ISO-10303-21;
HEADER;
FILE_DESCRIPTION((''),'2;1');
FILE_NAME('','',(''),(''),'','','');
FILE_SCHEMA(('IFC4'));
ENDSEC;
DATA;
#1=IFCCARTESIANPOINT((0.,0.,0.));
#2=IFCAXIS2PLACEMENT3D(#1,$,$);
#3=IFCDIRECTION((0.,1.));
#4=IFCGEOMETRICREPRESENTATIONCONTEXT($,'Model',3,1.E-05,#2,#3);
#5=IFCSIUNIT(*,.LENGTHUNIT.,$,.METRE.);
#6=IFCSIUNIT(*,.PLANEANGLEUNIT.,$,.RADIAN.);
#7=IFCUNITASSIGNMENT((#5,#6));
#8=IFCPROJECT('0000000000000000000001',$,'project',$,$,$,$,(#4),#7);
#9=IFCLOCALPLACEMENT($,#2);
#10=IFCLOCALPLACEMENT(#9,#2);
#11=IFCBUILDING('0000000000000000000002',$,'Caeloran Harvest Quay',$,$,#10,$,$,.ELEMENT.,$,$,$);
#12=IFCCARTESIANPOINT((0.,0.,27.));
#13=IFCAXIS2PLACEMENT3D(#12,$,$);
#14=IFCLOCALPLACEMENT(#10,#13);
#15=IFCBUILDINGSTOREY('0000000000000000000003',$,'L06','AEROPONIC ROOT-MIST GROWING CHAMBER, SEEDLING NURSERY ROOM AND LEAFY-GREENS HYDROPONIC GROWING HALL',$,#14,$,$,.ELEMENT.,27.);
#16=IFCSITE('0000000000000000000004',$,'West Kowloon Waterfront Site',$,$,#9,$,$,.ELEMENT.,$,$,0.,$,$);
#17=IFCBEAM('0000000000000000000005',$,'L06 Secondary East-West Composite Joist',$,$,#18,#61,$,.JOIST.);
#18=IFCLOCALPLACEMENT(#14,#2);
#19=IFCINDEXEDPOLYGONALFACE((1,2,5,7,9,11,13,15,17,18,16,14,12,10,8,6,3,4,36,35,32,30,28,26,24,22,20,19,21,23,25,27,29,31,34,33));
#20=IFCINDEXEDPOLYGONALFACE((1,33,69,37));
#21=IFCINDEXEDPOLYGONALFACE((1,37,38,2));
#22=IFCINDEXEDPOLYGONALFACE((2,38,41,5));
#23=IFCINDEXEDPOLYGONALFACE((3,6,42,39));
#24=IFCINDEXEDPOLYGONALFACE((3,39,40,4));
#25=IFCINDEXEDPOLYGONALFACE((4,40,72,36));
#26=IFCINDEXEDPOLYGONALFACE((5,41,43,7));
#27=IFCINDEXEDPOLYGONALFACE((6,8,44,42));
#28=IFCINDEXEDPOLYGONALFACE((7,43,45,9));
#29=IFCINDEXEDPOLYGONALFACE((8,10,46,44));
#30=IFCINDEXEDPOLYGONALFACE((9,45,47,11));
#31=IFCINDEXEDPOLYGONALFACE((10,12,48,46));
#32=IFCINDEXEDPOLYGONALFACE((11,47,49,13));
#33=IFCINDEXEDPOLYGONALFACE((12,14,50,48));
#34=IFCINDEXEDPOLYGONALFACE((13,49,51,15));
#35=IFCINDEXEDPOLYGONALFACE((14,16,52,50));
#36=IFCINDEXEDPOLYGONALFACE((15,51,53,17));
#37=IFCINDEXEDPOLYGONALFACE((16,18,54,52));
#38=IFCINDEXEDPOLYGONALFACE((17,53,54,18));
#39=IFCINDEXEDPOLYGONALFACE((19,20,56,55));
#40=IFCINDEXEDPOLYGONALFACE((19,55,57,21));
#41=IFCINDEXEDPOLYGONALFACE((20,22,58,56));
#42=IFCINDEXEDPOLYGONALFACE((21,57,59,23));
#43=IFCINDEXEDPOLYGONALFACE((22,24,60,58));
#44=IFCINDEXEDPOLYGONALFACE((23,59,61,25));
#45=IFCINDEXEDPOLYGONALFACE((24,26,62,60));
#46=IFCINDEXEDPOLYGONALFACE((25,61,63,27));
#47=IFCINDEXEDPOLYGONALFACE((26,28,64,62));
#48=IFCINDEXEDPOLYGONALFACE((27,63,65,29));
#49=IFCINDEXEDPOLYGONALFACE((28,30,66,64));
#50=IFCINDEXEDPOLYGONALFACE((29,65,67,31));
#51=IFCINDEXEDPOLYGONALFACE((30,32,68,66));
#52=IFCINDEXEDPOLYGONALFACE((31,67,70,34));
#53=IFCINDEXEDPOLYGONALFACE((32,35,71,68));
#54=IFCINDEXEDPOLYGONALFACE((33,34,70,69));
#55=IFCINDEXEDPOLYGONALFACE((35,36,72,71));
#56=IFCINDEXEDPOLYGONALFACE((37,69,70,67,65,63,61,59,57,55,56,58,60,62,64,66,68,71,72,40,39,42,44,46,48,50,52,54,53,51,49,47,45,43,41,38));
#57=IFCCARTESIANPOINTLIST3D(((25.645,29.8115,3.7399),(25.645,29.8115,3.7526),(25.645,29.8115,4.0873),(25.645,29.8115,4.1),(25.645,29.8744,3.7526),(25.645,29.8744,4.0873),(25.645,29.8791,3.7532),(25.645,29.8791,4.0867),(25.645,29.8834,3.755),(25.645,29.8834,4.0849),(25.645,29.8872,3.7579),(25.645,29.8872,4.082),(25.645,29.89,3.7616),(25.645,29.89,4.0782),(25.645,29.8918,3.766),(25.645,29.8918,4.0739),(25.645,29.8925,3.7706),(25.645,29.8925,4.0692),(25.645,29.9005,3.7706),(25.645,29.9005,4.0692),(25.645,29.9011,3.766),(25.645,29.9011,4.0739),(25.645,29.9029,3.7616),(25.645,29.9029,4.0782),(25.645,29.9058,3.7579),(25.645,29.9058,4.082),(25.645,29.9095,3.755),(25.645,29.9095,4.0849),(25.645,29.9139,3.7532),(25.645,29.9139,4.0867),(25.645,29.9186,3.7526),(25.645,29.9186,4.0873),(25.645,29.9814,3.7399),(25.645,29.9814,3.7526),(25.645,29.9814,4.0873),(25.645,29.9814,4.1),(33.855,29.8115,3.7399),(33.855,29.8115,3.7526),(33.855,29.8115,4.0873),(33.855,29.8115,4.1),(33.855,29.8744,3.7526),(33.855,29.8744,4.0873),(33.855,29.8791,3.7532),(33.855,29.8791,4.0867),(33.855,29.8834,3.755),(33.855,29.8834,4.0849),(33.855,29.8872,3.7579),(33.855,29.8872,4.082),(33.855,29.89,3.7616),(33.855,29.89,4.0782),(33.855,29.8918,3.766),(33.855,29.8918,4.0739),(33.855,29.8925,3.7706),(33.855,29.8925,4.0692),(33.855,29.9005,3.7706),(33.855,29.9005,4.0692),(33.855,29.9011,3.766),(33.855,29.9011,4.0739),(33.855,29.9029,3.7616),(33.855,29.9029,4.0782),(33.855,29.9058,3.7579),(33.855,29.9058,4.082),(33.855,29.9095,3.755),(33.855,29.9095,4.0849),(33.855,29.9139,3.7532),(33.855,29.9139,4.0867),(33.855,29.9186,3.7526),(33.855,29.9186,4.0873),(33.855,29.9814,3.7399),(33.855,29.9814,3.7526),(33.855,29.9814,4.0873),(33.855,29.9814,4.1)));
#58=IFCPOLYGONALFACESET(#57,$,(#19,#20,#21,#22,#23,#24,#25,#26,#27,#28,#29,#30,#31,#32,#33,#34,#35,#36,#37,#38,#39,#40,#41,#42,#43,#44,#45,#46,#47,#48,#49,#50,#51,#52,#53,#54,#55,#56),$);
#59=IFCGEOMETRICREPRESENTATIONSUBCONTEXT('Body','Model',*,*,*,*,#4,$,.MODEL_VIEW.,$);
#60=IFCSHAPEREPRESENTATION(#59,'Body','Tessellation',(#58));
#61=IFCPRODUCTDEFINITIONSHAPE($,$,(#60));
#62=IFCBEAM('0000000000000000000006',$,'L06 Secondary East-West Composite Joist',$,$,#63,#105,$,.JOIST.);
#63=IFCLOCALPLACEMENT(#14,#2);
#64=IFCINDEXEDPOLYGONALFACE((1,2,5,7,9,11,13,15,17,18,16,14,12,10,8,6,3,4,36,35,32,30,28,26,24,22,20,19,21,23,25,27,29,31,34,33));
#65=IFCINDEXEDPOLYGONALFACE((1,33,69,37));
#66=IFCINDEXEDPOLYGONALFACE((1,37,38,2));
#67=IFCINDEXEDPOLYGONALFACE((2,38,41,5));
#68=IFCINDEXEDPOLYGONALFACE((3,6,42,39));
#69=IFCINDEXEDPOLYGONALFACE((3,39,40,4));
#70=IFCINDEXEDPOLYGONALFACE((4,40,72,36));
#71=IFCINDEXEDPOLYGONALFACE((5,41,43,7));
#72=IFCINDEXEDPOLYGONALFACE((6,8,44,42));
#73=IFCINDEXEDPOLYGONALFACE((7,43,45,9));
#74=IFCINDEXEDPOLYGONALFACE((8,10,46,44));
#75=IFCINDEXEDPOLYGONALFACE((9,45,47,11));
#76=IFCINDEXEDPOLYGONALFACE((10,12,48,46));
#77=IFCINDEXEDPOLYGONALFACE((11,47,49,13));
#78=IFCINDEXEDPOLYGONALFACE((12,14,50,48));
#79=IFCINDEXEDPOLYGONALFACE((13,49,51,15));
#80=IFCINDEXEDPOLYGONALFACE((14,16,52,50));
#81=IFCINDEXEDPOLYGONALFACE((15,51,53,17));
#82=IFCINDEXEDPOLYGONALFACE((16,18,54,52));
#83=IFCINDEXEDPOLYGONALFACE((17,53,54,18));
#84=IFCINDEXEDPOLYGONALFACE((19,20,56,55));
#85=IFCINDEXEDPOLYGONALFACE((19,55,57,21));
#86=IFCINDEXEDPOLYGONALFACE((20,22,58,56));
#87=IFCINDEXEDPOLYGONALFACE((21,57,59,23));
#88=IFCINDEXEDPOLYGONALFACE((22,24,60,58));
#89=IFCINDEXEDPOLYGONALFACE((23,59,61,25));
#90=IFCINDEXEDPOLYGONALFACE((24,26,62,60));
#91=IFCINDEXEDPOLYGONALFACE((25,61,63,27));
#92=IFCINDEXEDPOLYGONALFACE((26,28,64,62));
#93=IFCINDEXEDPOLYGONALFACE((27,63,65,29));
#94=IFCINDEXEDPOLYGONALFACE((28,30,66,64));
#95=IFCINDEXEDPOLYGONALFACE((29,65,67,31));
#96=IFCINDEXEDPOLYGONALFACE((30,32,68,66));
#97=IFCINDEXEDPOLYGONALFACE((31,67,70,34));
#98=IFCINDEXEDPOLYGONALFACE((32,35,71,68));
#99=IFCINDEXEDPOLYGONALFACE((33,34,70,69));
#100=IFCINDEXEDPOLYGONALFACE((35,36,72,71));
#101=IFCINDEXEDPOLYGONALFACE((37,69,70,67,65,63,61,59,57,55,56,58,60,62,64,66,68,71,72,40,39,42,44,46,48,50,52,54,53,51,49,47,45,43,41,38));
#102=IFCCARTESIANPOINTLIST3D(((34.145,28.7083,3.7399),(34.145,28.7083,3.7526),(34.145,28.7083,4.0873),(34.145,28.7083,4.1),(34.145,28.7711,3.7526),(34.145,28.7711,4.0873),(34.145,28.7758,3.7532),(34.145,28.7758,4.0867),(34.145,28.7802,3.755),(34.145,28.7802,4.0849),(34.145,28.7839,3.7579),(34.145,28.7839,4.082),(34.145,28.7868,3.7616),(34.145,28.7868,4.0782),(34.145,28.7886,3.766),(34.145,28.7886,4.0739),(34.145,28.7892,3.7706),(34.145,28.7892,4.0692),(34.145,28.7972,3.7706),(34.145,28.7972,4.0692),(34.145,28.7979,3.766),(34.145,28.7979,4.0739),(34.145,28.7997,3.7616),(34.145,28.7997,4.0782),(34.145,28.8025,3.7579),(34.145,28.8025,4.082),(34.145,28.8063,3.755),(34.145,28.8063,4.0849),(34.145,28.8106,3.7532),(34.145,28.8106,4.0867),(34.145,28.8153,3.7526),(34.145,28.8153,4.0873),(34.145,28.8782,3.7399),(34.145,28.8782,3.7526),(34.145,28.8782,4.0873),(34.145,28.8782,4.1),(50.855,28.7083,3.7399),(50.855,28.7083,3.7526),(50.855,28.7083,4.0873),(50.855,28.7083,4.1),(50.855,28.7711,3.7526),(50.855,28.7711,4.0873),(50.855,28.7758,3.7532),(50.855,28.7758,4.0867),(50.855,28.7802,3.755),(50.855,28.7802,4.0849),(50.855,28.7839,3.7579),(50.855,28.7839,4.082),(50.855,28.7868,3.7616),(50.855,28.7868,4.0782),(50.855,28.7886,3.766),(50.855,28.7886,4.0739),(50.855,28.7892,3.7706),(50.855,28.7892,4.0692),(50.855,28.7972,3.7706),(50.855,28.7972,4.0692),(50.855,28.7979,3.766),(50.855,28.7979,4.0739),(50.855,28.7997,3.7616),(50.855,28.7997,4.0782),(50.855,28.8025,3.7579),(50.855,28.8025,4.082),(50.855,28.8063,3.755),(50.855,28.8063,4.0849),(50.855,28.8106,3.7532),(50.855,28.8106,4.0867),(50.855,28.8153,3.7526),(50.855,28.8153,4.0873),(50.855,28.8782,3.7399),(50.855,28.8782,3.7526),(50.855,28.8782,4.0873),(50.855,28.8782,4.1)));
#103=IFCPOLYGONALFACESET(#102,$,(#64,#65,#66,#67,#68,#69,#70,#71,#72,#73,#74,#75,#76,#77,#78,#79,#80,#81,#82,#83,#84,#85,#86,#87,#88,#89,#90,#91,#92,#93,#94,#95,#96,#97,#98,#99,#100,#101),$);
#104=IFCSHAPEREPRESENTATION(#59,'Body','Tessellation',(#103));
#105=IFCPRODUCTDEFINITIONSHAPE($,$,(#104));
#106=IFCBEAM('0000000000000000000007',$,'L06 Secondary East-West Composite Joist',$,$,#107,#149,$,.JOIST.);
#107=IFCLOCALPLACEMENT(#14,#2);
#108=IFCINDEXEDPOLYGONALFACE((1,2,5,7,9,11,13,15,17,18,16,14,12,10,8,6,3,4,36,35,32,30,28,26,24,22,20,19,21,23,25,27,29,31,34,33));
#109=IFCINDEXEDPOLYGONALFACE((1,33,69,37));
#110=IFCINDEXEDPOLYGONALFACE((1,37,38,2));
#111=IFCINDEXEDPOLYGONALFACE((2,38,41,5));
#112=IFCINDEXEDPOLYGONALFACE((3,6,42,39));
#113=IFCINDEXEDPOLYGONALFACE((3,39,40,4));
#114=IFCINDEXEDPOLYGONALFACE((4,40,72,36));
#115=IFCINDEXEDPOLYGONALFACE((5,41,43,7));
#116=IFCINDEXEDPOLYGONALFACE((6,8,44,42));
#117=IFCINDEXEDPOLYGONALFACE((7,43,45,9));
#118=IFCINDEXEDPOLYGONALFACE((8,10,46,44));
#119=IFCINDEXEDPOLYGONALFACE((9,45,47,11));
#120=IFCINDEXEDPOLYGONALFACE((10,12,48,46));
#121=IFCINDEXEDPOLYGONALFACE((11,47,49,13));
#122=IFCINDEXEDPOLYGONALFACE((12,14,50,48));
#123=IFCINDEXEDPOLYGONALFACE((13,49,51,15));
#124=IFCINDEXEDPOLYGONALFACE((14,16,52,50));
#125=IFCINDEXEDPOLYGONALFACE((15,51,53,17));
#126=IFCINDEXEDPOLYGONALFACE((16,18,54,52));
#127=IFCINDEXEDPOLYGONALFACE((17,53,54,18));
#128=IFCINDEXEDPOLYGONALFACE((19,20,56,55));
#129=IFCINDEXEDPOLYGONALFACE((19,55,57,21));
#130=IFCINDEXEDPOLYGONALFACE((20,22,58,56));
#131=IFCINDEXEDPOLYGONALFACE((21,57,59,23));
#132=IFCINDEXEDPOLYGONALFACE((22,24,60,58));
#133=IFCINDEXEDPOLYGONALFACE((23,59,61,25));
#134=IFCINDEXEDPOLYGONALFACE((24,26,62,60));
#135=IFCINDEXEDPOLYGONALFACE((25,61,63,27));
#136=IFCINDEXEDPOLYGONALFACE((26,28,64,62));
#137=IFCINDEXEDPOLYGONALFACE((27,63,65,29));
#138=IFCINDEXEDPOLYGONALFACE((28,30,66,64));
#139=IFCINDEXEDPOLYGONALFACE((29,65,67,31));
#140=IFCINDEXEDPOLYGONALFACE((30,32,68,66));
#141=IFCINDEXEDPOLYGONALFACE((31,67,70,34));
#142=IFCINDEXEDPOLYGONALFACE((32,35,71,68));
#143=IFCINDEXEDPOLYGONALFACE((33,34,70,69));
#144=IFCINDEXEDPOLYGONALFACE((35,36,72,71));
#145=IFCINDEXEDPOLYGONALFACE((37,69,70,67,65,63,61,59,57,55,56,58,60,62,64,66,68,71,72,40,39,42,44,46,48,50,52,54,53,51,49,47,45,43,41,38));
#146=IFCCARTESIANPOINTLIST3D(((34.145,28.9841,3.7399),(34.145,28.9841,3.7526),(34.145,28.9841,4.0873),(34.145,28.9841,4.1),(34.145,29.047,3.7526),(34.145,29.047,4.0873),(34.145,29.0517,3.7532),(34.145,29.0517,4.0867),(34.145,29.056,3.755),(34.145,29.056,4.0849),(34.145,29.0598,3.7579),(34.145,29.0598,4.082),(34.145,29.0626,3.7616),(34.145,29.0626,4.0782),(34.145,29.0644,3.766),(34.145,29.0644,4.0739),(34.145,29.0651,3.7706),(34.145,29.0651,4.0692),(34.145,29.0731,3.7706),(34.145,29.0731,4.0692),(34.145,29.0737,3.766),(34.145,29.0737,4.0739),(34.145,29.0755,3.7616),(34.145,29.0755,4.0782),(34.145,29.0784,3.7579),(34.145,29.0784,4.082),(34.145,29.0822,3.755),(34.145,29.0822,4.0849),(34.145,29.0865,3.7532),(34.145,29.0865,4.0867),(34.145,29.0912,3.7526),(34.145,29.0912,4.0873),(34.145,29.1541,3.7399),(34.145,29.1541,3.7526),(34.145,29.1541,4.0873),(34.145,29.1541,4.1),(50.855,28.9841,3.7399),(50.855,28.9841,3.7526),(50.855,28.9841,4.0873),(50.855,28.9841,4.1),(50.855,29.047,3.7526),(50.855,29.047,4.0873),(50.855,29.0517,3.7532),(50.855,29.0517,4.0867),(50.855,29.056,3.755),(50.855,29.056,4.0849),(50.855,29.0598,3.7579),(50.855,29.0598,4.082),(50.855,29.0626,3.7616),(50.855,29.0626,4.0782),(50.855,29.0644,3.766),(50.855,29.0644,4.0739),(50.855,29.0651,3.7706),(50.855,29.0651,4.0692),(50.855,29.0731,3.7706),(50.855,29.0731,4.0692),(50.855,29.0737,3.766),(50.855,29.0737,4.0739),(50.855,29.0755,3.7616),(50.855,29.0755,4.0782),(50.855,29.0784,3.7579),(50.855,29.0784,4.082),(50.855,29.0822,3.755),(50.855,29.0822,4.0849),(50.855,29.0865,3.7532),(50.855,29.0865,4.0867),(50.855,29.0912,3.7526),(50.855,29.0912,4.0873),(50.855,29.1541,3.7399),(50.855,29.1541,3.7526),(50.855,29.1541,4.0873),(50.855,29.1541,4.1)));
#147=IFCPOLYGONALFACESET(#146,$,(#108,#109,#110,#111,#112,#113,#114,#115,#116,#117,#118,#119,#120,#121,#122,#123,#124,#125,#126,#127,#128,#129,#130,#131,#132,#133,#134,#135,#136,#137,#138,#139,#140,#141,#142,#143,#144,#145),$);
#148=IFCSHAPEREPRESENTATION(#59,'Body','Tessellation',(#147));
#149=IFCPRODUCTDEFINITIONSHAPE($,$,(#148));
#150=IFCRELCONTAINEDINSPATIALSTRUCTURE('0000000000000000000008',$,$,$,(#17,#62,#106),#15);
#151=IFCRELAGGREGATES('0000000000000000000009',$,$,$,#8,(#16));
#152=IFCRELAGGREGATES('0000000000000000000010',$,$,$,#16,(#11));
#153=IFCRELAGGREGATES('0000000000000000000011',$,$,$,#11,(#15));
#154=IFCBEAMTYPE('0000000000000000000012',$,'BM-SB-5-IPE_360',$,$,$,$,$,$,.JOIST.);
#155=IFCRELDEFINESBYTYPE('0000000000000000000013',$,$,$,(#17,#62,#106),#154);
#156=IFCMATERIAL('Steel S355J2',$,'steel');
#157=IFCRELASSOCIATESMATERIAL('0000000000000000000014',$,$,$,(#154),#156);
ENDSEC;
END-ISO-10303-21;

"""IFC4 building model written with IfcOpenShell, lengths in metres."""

from ifc_helpers import new_model, si_unit, direction, frame, origin, origin_2d, place, context, subcontext, project, spatial, i_section, extrude, material, material_profile, profile_set, type_object, element, save


model = new_model("IFC4")

# Units and contexts
model_context = context("Model", 3, precision=1e-05, world=origin(), true_north=direction((0.0, 1.0)))
body_context = subcontext(model_context, "Body", "Model", "MODEL_VIEW")
ifc_project = project(units=[si_unit("LENGTHUNIT", "METRE"), si_unit("PLANEANGLEUNIT", "RADIAN")], contexts=[model_context])

# Site, building, storey
site_placement = place(None, origin())
site = spatial("IfcSite", under=ifc_project, at=site_placement, Name="West Kowloon Waterfront Site", CompositionType="ELEMENT", RefElevation=0.0)
building_placement = place(site_placement, origin())
building = spatial("IfcBuilding", under=site, at=building_placement, Name="Caeloran Harvest Quay", CompositionType="ELEMENT")
storey_placement = place(building_placement, frame((0.0, 0.0, 27.0)))
storey = spatial("IfcBuildingStorey", under=building, at=storey_placement, Name="L06", Description="AEROPONIC ROOT-MIST GROWING CHAMBER, SEEDLING NURSERY ROOM AND LEAFY-GREENS HYDROPONIC GROWING HALL", CompositionType="ELEMENT", Elevation=27.0)

# Beams
ifc_material_1 = material(Name="Steel S355J2", Category="steel")
ifc_material_profile_1 = material_profile(ifc_material_1, i_section(OverallWidth=0.1699, OverallDepth=0.3601, WebThickness=0.0081, FlangeThickness=0.0127, FilletRadius=0.0181, at=origin_2d()), Name="IPE 360")
ifc_profile_set_1 = profile_set([ifc_material_profile_1], Name="Steel S355J2")
beam_type_1 = type_object("IfcBeamType", Name="BM-SB-5-IPE_360", PredefinedType="JOIST", material=ifc_profile_set_1)
for number, where, z_axis, x_axis, name in (
    (1, (25.645, 29.8965, 3.9199), (1.0, 0.0, 0.0), (0.0, 1.0, 0.0), "L06 Secondary East-West Composite Joist"),
):
    element("IfcBeam", number, at=place(storey_placement, frame(where, z_axis=z_axis, x_axis=x_axis)), inside=storey, type_object=beam_type_1, Name=name, PredefinedType="JOIST", context=body_context, shape_type="SweptSolid", body=[
        extrude(i_section(OverallWidth=0.1699, OverallDepth=0.3601, WebThickness=0.0081, FlangeThickness=0.0127, FilletRadius=0.0181, at=origin_2d()), origin(), (0.0, 0.0, 1.0), 8.21),
    ])
for number, where, z_axis, x_axis, name in (
    (2, (34.145, 28.7932, 3.9199), (1.0, 0.0, 0.0), (0.0, 1.0, 0.0), "L06 Secondary East-West Composite Joist"),
    (3, (34.145, 29.0691, 3.9199), (1.0, 0.0, 0.0), (0.0, 1.0, 0.0), "L06 Secondary East-West Composite Joist"),
):
    element("IfcBeam", number, at=place(storey_placement, frame(where, z_axis=z_axis, x_axis=x_axis)), inside=storey, type_object=beam_type_1, Name=name, PredefinedType="JOIST", context=body_context, shape_type="SweptSolid", body=[
        extrude(i_section(OverallWidth=0.1699, OverallDepth=0.3601, WebThickness=0.0081, FlangeThickness=0.0127, FilletRadius=0.0181, at=origin_2d()), origin(), (0.0, 0.0, 1.0), 16.71),
    ])

save(model, "model.ifc")
